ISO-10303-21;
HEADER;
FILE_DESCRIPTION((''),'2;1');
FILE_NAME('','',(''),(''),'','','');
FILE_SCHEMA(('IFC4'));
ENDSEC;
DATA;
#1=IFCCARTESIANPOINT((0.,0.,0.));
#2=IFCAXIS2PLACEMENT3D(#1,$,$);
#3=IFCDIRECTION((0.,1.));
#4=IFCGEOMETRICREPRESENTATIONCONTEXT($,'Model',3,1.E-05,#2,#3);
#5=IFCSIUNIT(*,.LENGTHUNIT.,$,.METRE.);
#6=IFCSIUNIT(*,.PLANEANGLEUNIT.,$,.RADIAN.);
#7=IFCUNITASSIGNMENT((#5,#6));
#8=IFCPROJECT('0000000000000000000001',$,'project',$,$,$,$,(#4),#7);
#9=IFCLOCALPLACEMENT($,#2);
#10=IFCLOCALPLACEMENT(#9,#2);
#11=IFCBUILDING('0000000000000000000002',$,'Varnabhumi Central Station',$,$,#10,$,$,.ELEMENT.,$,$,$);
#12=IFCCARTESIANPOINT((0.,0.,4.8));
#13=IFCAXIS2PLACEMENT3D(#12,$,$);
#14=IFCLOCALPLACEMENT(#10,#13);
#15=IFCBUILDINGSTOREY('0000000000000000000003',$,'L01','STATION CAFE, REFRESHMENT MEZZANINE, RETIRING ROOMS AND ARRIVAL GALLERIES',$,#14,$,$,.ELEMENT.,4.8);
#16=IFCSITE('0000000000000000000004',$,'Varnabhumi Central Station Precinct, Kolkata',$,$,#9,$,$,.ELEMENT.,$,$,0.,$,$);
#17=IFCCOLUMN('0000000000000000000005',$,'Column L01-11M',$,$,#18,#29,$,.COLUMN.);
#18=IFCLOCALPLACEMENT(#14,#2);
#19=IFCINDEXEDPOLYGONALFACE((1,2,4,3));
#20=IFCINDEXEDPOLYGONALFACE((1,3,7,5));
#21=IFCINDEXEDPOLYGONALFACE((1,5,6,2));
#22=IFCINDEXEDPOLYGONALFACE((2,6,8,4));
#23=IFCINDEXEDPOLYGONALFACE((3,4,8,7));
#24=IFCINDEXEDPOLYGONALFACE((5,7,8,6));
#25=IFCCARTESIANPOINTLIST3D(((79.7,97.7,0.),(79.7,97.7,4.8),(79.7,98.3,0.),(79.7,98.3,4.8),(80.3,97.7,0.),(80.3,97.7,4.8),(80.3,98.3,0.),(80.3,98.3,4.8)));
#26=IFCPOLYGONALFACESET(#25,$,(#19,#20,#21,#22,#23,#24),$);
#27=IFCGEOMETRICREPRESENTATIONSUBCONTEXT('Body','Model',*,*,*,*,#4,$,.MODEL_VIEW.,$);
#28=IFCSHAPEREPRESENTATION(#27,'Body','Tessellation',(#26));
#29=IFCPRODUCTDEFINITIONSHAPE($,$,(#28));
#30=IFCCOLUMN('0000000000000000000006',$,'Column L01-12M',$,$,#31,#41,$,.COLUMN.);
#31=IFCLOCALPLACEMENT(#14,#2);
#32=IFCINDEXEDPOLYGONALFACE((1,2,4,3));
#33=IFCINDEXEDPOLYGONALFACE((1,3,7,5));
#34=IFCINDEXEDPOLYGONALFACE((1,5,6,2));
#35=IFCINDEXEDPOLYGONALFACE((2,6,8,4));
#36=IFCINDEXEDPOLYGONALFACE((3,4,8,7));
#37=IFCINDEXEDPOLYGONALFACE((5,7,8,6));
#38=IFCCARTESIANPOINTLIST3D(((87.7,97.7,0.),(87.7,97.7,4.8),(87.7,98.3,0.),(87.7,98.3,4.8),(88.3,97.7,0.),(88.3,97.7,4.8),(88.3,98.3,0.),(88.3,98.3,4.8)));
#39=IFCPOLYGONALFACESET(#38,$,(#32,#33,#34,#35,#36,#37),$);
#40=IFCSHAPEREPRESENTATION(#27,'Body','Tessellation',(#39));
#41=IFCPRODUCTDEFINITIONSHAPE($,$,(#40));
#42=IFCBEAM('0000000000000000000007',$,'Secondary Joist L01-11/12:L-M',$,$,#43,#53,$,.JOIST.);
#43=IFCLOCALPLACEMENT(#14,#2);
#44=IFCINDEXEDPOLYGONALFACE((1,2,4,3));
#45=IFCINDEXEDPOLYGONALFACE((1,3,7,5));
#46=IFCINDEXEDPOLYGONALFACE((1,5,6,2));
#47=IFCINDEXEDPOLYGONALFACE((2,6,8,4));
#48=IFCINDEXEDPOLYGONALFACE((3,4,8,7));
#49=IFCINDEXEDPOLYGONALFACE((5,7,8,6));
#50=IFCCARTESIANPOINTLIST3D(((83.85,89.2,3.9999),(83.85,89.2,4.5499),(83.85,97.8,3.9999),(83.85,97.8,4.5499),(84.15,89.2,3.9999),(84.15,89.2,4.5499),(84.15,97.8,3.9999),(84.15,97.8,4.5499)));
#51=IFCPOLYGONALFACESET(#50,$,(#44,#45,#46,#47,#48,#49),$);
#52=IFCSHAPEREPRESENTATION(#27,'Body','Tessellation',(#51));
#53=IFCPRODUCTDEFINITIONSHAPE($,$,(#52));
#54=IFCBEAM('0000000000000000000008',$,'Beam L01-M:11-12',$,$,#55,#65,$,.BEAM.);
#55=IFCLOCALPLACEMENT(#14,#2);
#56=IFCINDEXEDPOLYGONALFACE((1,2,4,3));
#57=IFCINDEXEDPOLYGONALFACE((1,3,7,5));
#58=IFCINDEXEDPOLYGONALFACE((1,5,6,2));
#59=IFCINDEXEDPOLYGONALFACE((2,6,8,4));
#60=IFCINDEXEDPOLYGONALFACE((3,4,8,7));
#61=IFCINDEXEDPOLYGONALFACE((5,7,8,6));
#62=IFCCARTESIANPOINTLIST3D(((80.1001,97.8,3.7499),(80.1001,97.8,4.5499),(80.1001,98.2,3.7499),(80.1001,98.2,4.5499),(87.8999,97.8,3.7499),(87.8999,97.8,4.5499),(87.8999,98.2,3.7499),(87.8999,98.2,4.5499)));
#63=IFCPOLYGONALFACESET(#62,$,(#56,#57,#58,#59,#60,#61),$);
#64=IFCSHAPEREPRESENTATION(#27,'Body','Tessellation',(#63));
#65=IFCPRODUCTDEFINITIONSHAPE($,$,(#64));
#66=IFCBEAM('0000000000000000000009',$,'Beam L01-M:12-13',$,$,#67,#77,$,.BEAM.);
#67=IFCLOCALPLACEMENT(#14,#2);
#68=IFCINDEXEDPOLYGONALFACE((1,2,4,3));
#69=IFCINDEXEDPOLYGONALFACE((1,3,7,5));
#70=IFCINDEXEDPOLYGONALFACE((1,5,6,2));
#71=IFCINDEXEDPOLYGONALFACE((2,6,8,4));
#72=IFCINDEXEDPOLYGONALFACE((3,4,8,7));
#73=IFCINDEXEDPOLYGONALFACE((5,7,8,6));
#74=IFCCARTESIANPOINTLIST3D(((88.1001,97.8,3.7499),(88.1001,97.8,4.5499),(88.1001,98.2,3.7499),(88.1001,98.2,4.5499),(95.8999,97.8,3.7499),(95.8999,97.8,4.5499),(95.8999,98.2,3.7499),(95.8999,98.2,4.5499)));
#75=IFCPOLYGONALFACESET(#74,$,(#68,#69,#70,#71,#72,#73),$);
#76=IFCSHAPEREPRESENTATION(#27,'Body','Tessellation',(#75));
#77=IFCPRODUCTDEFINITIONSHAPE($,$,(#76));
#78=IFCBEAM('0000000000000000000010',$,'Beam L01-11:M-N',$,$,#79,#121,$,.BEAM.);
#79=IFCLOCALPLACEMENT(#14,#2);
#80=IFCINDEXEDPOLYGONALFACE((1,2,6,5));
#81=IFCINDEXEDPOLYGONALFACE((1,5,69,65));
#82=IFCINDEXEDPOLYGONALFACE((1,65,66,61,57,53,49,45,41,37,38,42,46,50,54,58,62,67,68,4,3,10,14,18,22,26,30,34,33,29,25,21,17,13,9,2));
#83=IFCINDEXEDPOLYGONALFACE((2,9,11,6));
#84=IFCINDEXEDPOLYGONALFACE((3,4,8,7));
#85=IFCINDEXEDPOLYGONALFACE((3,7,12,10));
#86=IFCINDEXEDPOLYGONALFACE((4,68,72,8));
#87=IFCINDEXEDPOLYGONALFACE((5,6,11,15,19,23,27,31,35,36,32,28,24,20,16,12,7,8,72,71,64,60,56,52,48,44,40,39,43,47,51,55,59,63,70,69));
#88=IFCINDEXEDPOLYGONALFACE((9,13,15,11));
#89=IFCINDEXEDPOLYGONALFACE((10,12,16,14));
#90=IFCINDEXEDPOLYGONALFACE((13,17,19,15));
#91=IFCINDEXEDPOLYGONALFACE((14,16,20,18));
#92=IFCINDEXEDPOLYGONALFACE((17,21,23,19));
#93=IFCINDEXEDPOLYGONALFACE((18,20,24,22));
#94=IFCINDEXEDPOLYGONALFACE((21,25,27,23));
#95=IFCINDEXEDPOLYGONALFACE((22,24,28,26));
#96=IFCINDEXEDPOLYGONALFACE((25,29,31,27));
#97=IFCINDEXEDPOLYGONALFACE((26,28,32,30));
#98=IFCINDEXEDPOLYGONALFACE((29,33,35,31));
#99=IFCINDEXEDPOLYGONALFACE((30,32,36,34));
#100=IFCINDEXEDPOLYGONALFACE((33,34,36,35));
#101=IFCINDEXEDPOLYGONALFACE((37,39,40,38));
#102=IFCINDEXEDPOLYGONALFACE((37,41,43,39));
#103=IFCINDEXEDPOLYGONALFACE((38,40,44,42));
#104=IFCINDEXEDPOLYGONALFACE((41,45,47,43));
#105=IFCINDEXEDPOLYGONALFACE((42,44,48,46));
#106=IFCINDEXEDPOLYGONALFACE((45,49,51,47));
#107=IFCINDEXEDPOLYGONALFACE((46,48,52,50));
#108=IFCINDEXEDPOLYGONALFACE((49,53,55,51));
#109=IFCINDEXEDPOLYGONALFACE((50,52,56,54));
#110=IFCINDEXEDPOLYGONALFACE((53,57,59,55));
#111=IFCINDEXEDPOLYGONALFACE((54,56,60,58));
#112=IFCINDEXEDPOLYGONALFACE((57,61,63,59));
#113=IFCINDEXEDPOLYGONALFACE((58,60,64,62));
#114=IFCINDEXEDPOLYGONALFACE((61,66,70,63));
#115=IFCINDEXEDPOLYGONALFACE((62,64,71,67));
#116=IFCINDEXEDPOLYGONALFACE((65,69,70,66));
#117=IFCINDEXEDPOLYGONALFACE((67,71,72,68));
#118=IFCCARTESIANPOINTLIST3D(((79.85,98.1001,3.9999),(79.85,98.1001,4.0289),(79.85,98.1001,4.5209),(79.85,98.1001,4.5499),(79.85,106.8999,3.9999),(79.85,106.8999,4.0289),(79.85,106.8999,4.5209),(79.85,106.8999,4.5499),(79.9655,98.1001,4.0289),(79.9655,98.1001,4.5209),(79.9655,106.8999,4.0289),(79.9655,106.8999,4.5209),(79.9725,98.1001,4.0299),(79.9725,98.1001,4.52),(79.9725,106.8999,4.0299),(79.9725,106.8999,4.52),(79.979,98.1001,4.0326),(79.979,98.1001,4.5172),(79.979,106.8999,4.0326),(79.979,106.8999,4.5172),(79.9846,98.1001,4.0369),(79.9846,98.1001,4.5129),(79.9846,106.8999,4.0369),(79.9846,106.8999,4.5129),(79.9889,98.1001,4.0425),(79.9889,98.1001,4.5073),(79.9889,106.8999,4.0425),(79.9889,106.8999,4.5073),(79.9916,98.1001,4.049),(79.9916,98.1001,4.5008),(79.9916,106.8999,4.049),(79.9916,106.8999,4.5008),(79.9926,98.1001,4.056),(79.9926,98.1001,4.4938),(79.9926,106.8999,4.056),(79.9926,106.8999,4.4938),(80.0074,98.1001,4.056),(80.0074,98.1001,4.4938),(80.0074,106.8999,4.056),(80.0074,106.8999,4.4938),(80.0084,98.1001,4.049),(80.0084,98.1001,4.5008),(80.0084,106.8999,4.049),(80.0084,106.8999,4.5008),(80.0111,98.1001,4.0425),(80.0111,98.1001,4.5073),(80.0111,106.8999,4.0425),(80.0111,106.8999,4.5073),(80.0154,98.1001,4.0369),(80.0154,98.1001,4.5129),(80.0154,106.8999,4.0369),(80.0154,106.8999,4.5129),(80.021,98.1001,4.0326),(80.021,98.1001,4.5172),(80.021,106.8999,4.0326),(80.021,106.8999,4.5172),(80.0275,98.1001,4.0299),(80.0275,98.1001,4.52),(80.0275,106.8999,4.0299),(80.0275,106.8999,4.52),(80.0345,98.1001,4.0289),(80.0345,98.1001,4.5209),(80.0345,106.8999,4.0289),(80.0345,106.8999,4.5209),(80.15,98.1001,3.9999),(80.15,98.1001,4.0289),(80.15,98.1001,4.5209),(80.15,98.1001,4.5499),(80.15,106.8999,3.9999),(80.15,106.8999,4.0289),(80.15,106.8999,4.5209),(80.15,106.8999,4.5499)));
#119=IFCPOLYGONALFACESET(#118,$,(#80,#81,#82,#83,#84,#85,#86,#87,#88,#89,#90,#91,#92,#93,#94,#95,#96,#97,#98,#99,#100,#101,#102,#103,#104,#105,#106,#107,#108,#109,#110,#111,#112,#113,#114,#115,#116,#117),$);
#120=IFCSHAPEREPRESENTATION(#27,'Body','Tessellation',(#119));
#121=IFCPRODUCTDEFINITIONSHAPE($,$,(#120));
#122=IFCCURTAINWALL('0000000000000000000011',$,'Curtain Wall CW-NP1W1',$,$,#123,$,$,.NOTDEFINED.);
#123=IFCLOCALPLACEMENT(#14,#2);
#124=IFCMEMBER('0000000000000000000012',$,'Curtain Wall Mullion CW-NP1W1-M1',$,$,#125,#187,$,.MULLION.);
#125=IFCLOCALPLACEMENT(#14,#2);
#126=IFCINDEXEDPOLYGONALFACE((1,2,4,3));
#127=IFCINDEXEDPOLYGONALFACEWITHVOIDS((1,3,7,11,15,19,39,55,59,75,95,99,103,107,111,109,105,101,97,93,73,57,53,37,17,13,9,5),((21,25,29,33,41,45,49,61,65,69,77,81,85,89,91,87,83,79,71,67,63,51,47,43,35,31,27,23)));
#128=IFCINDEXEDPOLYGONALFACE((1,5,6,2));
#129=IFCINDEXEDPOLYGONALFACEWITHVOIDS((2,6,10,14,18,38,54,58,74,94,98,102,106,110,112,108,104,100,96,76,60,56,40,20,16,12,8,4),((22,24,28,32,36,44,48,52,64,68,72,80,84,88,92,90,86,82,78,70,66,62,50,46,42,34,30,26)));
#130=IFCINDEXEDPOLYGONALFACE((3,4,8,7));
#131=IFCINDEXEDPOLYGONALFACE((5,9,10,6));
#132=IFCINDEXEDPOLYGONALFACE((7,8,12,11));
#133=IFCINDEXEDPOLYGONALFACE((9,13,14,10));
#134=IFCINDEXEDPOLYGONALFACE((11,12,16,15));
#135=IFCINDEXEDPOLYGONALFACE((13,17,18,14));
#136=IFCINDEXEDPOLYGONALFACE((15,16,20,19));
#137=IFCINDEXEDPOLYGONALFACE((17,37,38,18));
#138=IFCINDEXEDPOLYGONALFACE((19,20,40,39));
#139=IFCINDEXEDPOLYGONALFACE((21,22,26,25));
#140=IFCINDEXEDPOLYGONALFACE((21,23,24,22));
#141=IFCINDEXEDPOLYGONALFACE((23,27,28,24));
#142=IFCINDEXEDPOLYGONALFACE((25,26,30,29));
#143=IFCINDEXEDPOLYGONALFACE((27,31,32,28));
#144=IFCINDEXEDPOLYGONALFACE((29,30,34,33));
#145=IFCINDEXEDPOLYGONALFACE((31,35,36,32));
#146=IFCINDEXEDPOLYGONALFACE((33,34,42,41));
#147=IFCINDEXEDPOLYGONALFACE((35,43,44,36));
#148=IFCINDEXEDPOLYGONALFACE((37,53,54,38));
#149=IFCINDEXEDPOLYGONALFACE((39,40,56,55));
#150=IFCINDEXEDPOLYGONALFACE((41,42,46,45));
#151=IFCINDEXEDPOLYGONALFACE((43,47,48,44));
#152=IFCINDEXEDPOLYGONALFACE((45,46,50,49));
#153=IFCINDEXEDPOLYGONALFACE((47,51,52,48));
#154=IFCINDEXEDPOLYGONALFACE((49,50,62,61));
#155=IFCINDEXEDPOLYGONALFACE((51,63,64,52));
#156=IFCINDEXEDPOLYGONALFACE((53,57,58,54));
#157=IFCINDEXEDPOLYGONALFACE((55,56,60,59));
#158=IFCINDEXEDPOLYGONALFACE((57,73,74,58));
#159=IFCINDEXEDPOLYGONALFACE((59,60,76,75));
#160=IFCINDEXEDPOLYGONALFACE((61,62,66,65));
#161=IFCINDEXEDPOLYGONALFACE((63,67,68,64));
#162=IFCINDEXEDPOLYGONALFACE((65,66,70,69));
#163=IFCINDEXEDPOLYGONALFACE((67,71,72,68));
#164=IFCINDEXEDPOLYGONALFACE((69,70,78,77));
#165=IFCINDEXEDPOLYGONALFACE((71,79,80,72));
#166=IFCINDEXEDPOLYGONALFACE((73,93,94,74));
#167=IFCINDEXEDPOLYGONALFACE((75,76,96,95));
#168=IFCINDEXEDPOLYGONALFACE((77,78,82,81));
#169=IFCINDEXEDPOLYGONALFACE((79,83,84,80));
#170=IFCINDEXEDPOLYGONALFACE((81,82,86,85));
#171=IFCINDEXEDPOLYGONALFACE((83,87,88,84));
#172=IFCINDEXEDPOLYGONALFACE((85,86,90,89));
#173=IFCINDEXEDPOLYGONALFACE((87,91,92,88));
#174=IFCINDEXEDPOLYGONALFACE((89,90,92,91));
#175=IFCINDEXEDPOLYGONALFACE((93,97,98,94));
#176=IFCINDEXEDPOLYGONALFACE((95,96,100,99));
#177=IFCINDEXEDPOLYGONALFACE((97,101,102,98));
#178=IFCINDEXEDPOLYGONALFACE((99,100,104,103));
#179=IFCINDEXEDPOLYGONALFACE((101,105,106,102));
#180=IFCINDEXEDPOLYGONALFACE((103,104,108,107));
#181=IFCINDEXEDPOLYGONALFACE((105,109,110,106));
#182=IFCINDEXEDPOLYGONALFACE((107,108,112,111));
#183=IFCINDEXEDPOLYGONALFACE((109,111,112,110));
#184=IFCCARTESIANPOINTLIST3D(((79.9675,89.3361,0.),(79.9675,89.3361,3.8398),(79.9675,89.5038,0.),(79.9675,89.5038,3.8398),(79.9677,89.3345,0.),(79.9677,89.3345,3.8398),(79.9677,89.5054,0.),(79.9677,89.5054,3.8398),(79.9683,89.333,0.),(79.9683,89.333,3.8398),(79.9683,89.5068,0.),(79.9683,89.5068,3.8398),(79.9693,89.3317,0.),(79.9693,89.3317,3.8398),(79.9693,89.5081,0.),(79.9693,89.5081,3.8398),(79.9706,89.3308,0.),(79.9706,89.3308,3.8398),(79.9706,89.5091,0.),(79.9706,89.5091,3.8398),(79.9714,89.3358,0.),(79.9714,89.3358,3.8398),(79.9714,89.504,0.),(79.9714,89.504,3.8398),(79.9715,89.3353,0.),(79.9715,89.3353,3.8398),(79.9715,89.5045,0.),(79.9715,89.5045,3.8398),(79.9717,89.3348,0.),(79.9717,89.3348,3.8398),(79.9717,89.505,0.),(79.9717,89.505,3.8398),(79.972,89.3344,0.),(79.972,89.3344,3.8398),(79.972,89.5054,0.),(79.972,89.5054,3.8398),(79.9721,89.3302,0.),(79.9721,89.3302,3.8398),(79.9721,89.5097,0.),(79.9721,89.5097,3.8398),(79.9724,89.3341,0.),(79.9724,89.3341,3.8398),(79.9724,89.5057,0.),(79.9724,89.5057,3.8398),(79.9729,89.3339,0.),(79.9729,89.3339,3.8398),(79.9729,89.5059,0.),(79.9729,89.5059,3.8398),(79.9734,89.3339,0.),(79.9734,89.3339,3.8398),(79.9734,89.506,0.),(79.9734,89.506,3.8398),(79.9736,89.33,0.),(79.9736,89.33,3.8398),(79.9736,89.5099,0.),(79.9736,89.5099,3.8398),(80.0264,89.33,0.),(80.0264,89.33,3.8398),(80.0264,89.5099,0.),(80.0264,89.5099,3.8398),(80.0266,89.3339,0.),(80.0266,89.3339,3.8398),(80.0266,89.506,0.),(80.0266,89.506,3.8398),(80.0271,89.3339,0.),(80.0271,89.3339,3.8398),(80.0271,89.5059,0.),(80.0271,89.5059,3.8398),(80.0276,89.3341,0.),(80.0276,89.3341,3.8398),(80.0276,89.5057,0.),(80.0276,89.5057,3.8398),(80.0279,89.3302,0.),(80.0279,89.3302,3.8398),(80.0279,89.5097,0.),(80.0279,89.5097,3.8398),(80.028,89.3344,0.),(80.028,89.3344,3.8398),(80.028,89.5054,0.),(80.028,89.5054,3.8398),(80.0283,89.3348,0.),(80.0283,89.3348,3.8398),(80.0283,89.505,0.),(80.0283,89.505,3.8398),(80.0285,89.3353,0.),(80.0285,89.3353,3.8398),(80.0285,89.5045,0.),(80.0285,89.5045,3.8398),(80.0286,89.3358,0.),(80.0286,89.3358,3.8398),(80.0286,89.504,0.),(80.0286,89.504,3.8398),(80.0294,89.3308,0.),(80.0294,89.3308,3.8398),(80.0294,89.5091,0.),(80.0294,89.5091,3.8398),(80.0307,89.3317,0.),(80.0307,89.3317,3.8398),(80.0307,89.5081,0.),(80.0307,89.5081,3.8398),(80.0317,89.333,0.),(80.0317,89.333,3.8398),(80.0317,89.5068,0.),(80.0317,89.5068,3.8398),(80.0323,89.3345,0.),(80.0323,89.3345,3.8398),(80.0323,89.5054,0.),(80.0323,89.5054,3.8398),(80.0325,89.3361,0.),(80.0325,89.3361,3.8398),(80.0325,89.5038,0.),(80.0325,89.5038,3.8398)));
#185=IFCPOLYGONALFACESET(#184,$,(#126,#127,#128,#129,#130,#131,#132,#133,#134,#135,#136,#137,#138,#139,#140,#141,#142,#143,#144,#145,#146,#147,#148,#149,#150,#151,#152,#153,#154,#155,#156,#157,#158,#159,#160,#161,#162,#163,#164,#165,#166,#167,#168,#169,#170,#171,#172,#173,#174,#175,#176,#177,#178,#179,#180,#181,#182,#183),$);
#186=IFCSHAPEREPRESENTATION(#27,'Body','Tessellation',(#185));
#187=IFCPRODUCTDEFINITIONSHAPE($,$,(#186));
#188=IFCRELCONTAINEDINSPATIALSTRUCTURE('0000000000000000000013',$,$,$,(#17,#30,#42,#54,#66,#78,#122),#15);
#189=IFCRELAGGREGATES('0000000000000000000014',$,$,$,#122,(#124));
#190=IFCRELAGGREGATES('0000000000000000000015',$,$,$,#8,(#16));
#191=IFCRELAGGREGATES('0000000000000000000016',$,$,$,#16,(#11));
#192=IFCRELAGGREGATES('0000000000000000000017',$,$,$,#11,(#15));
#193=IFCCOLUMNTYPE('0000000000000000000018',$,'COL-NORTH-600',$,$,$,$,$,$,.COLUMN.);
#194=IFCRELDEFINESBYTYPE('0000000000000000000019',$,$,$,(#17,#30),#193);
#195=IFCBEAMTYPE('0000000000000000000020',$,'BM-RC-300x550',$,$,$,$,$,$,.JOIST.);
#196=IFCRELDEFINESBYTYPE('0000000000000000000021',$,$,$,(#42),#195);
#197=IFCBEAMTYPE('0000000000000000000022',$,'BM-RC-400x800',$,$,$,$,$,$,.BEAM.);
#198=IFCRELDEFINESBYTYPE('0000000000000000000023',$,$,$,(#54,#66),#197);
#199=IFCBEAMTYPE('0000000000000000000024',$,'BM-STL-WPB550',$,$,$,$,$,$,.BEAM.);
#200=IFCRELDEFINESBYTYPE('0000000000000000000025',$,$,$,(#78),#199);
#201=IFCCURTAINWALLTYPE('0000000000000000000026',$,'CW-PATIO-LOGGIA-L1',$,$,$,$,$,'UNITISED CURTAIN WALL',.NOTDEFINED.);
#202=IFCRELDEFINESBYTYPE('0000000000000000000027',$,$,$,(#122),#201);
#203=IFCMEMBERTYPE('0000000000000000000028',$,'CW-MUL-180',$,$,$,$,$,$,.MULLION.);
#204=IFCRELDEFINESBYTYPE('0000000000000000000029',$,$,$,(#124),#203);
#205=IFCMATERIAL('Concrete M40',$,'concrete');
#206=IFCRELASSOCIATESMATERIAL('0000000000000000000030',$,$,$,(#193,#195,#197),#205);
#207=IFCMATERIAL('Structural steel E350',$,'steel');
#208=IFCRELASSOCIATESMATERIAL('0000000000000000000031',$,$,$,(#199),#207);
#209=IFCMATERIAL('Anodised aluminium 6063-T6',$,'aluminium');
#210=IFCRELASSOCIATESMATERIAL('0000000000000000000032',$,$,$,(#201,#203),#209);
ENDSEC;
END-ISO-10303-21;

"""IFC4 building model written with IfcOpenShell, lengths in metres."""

from ifc_helpers import new_model, si_unit, direction, frame, origin, origin_2d, place, context, subcontext, project, spatial, rectangle, hollow_rectangle, i_section, extrude, material, material_profile, profile_set, type_object, element, aggregate, save


model = new_model("IFC4")

# Units and contexts
model_context = context("Model", 3, precision=1e-05, world=origin(), true_north=direction((0.0, 1.0)))
body_context = subcontext(model_context, "Body", "Model", "MODEL_VIEW")
ifc_project = project(units=[si_unit("LENGTHUNIT", "METRE"), si_unit("PLANEANGLEUNIT", "RADIAN")], contexts=[model_context])

# Site, building, storey
site_placement = place(None, origin())
site = spatial("IfcSite", under=ifc_project, at=site_placement, Name="Varnabhumi Central Station Precinct, Kolkata", CompositionType="ELEMENT", RefElevation=0.0)
building_placement = place(site_placement, origin())
building = spatial("IfcBuilding", under=site, at=building_placement, Name="Varnabhumi Central Station", CompositionType="ELEMENT")
storey_placement = place(building_placement, frame((0.0, 0.0, 4.8)))
storey = spatial("IfcBuildingStorey", under=building, at=storey_placement, Name="L01", Description="STATION CAFE, REFRESHMENT MEZZANINE, RETIRING ROOMS AND ARRIVAL GALLERIES", CompositionType="ELEMENT", Elevation=4.8)

# Columns
ifc_material_1 = material(Name="Concrete M40", Category="concrete")
ifc_material_profile_1 = material_profile(ifc_material_1, rectangle(XDim=0.6001, YDim=0.6001, at=origin_2d()), Name="Concrete M40", Category="concrete")
ifc_profile_set_1 = profile_set([ifc_material_profile_1], Name="Concrete M40")
column_type = type_object("IfcColumnType", Name="COL-NORTH-600", PredefinedType="COLUMN", material=ifc_profile_set_1)
for number, where, z_axis, x_axis, name in (
    (1, (80.0, 98.0, 0.0), (0.0, 0.0, 1.0), (1.0, 0.0, 0.0), "Column L01-11M"),
    (2, (88.0, 98.0, 0.0), (0.0, 0.0, 1.0), (1.0, 0.0, 0.0), "Column L01-12M"),
):
    element("IfcColumn", number, at=place(storey_placement, frame(where, z_axis=z_axis, x_axis=x_axis)), inside=storey, type_object=column_type, Name=name, PredefinedType="COLUMN", context=body_context, shape_type="SweptSolid", body=[
        extrude(rectangle(XDim=0.6001, YDim=0.6001, at=origin_2d()), origin(), (0.0, 0.0, 1.0), 4.8),
    ])

# Beams
ifc_material_profile_2 = material_profile(ifc_material_1, rectangle(XDim=0.3, YDim=0.55, at=origin_2d()), Name="Concrete M40", Category="concrete")
ifc_profile_set_2 = profile_set([ifc_material_profile_2], Name="Concrete M40")
beam_type_1 = type_object("IfcBeamType", Name="BM-RC-300x550", PredefinedType="JOIST", material=ifc_profile_set_2)
beam_1_placement = place(storey_placement, frame((84.0, 89.2, 4.2749), z_axis=(0.0, 1.0, 0.0), x_axis=(-1.0, 0.0, 0.0)))
element("IfcBeam", 3, at=beam_1_placement, inside=storey, type_object=beam_type_1, Name="Secondary Joist L01-11/12:L-M", PredefinedType="JOIST", context=body_context, shape_type="SweptSolid", body=[
    extrude(rectangle(XDim=0.3, YDim=0.55, at=origin_2d()), origin(), (0.0, 0.0, 1.0), 8.6001),
])
ifc_material_profile_3 = material_profile(ifc_material_1, rectangle(XDim=0.3999, YDim=0.8, at=origin_2d()), Name="Concrete M40", Category="concrete")
ifc_profile_set_3 = profile_set([ifc_material_profile_3], Name="Concrete M40")
beam_type_2 = type_object("IfcBeamType", Name="BM-RC-400x800", PredefinedType="BEAM", material=ifc_profile_set_3)
for number, where, z_axis, x_axis, name in (
    (4, (80.1001, 98.0, 4.1499), (1.0, 0.0, 0.0), (0.0, 1.0, 0.0), "Beam L01-M:11-12"),
    (5, (88.1001, 98.0, 4.1499), (1.0, 0.0, 0.0), (0.0, 1.0, 0.0), "Beam L01-M:12-13"),
):
    element("IfcBeam", number, at=place(storey_placement, frame(where, z_axis=z_axis, x_axis=x_axis)), inside=storey, type_object=beam_type_2, Name=name, PredefinedType="BEAM", context=body_context, shape_type="SweptSolid", body=[
        extrude(rectangle(XDim=0.3999, YDim=0.8, at=origin_2d()), origin(), (0.0, 0.0, 1.0), 7.7998),
    ])
ifc_material_2 = material(Name="Structural steel E350", Category="steel")
ifc_material_profile_4 = material_profile(ifc_material_2, i_section(OverallWidth=0.3, OverallDepth=0.55, WebThickness=0.0149, FlangeThickness=0.0291, FilletRadius=0.0271, at=origin_2d()), Name="Structural steel E350", Category="steel")
ifc_profile_set_4 = profile_set([ifc_material_profile_4], Name="Structural steel E350")
beam_type_3 = type_object("IfcBeamType", Name="BM-STL-WPB550", PredefinedType="BEAM", material=ifc_profile_set_4)
beam_2_placement = place(storey_placement, frame((80.0, 98.1001, 4.2749), z_axis=(0.0, 1.0, 0.0), x_axis=(-1.0, 0.0, 0.0)))
element("IfcBeam", 6, at=beam_2_placement, inside=storey, type_object=beam_type_3, Name="Beam L01-11:M-N", PredefinedType="BEAM", context=body_context, shape_type="SweptSolid", body=[
    extrude(i_section(OverallWidth=0.3, OverallDepth=0.55, WebThickness=0.0149, FlangeThickness=0.0291, FilletRadius=0.0271, at=origin_2d()), origin(), (0.0, 0.0, 1.0), 8.7998),
])

# Curtain wall, member
ifc_material_3 = material(Name="Anodised aluminium 6063-T6", Category="aluminium")
curtain_wall_type = type_object("IfcCurtainWallType", Name="CW-PATIO-LOGGIA-L1", ElementType="UNITISED CURTAIN WALL", PredefinedType="NOTDEFINED", material=ifc_material_3)
curtain_wall_placement = place(storey_placement, origin())
curtain_wall = element("IfcCurtainWall", 7, at=curtain_wall_placement, inside=storey, type_object=curtain_wall_type, Name="Curtain Wall CW-NP1W1", PredefinedType="NOTDEFINED")
ifc_material_profile_5 = material_profile(ifc_material_3, hollow_rectangle(XDim=0.0649, YDim=0.1799, WallThickness=0.0039, InnerFilletRadius=0.002, OuterFilletRadius=0.0061, at=origin_2d()), Name="Anodised aluminium 6063-T6", Category="aluminium")
ifc_profile_set_5 = profile_set([ifc_material_profile_5], Name="Anodised aluminium 6063-T6")
member_type_1 = type_object("IfcMemberType", Name="CW-MUL-180", PredefinedType="MULLION", material=ifc_profile_set_5)
member_1_placement = place(storey_placement, frame((80.0, 89.4199, 0.0), z_axis=(0.0, 0.0, 1.0), x_axis=(1.0, 0.0, 0.0)))
member_1 = element("IfcMember", 8, at=member_1_placement, type_object=member_type_1, Name="Curtain Wall Mullion CW-NP1W1-M1", PredefinedType="MULLION", context=body_context, shape_type="SweptSolid", body=[
    extrude(hollow_rectangle(XDim=0.0649, YDim=0.1799, WallThickness=0.0039, InnerFilletRadius=0.002, OuterFilletRadius=0.0061, at=origin_2d()), origin(), (0.0, 0.0, 1.0), 3.8398),
])
aggregate(curtain_wall, [member_1])

save(model, "model.ifc")
